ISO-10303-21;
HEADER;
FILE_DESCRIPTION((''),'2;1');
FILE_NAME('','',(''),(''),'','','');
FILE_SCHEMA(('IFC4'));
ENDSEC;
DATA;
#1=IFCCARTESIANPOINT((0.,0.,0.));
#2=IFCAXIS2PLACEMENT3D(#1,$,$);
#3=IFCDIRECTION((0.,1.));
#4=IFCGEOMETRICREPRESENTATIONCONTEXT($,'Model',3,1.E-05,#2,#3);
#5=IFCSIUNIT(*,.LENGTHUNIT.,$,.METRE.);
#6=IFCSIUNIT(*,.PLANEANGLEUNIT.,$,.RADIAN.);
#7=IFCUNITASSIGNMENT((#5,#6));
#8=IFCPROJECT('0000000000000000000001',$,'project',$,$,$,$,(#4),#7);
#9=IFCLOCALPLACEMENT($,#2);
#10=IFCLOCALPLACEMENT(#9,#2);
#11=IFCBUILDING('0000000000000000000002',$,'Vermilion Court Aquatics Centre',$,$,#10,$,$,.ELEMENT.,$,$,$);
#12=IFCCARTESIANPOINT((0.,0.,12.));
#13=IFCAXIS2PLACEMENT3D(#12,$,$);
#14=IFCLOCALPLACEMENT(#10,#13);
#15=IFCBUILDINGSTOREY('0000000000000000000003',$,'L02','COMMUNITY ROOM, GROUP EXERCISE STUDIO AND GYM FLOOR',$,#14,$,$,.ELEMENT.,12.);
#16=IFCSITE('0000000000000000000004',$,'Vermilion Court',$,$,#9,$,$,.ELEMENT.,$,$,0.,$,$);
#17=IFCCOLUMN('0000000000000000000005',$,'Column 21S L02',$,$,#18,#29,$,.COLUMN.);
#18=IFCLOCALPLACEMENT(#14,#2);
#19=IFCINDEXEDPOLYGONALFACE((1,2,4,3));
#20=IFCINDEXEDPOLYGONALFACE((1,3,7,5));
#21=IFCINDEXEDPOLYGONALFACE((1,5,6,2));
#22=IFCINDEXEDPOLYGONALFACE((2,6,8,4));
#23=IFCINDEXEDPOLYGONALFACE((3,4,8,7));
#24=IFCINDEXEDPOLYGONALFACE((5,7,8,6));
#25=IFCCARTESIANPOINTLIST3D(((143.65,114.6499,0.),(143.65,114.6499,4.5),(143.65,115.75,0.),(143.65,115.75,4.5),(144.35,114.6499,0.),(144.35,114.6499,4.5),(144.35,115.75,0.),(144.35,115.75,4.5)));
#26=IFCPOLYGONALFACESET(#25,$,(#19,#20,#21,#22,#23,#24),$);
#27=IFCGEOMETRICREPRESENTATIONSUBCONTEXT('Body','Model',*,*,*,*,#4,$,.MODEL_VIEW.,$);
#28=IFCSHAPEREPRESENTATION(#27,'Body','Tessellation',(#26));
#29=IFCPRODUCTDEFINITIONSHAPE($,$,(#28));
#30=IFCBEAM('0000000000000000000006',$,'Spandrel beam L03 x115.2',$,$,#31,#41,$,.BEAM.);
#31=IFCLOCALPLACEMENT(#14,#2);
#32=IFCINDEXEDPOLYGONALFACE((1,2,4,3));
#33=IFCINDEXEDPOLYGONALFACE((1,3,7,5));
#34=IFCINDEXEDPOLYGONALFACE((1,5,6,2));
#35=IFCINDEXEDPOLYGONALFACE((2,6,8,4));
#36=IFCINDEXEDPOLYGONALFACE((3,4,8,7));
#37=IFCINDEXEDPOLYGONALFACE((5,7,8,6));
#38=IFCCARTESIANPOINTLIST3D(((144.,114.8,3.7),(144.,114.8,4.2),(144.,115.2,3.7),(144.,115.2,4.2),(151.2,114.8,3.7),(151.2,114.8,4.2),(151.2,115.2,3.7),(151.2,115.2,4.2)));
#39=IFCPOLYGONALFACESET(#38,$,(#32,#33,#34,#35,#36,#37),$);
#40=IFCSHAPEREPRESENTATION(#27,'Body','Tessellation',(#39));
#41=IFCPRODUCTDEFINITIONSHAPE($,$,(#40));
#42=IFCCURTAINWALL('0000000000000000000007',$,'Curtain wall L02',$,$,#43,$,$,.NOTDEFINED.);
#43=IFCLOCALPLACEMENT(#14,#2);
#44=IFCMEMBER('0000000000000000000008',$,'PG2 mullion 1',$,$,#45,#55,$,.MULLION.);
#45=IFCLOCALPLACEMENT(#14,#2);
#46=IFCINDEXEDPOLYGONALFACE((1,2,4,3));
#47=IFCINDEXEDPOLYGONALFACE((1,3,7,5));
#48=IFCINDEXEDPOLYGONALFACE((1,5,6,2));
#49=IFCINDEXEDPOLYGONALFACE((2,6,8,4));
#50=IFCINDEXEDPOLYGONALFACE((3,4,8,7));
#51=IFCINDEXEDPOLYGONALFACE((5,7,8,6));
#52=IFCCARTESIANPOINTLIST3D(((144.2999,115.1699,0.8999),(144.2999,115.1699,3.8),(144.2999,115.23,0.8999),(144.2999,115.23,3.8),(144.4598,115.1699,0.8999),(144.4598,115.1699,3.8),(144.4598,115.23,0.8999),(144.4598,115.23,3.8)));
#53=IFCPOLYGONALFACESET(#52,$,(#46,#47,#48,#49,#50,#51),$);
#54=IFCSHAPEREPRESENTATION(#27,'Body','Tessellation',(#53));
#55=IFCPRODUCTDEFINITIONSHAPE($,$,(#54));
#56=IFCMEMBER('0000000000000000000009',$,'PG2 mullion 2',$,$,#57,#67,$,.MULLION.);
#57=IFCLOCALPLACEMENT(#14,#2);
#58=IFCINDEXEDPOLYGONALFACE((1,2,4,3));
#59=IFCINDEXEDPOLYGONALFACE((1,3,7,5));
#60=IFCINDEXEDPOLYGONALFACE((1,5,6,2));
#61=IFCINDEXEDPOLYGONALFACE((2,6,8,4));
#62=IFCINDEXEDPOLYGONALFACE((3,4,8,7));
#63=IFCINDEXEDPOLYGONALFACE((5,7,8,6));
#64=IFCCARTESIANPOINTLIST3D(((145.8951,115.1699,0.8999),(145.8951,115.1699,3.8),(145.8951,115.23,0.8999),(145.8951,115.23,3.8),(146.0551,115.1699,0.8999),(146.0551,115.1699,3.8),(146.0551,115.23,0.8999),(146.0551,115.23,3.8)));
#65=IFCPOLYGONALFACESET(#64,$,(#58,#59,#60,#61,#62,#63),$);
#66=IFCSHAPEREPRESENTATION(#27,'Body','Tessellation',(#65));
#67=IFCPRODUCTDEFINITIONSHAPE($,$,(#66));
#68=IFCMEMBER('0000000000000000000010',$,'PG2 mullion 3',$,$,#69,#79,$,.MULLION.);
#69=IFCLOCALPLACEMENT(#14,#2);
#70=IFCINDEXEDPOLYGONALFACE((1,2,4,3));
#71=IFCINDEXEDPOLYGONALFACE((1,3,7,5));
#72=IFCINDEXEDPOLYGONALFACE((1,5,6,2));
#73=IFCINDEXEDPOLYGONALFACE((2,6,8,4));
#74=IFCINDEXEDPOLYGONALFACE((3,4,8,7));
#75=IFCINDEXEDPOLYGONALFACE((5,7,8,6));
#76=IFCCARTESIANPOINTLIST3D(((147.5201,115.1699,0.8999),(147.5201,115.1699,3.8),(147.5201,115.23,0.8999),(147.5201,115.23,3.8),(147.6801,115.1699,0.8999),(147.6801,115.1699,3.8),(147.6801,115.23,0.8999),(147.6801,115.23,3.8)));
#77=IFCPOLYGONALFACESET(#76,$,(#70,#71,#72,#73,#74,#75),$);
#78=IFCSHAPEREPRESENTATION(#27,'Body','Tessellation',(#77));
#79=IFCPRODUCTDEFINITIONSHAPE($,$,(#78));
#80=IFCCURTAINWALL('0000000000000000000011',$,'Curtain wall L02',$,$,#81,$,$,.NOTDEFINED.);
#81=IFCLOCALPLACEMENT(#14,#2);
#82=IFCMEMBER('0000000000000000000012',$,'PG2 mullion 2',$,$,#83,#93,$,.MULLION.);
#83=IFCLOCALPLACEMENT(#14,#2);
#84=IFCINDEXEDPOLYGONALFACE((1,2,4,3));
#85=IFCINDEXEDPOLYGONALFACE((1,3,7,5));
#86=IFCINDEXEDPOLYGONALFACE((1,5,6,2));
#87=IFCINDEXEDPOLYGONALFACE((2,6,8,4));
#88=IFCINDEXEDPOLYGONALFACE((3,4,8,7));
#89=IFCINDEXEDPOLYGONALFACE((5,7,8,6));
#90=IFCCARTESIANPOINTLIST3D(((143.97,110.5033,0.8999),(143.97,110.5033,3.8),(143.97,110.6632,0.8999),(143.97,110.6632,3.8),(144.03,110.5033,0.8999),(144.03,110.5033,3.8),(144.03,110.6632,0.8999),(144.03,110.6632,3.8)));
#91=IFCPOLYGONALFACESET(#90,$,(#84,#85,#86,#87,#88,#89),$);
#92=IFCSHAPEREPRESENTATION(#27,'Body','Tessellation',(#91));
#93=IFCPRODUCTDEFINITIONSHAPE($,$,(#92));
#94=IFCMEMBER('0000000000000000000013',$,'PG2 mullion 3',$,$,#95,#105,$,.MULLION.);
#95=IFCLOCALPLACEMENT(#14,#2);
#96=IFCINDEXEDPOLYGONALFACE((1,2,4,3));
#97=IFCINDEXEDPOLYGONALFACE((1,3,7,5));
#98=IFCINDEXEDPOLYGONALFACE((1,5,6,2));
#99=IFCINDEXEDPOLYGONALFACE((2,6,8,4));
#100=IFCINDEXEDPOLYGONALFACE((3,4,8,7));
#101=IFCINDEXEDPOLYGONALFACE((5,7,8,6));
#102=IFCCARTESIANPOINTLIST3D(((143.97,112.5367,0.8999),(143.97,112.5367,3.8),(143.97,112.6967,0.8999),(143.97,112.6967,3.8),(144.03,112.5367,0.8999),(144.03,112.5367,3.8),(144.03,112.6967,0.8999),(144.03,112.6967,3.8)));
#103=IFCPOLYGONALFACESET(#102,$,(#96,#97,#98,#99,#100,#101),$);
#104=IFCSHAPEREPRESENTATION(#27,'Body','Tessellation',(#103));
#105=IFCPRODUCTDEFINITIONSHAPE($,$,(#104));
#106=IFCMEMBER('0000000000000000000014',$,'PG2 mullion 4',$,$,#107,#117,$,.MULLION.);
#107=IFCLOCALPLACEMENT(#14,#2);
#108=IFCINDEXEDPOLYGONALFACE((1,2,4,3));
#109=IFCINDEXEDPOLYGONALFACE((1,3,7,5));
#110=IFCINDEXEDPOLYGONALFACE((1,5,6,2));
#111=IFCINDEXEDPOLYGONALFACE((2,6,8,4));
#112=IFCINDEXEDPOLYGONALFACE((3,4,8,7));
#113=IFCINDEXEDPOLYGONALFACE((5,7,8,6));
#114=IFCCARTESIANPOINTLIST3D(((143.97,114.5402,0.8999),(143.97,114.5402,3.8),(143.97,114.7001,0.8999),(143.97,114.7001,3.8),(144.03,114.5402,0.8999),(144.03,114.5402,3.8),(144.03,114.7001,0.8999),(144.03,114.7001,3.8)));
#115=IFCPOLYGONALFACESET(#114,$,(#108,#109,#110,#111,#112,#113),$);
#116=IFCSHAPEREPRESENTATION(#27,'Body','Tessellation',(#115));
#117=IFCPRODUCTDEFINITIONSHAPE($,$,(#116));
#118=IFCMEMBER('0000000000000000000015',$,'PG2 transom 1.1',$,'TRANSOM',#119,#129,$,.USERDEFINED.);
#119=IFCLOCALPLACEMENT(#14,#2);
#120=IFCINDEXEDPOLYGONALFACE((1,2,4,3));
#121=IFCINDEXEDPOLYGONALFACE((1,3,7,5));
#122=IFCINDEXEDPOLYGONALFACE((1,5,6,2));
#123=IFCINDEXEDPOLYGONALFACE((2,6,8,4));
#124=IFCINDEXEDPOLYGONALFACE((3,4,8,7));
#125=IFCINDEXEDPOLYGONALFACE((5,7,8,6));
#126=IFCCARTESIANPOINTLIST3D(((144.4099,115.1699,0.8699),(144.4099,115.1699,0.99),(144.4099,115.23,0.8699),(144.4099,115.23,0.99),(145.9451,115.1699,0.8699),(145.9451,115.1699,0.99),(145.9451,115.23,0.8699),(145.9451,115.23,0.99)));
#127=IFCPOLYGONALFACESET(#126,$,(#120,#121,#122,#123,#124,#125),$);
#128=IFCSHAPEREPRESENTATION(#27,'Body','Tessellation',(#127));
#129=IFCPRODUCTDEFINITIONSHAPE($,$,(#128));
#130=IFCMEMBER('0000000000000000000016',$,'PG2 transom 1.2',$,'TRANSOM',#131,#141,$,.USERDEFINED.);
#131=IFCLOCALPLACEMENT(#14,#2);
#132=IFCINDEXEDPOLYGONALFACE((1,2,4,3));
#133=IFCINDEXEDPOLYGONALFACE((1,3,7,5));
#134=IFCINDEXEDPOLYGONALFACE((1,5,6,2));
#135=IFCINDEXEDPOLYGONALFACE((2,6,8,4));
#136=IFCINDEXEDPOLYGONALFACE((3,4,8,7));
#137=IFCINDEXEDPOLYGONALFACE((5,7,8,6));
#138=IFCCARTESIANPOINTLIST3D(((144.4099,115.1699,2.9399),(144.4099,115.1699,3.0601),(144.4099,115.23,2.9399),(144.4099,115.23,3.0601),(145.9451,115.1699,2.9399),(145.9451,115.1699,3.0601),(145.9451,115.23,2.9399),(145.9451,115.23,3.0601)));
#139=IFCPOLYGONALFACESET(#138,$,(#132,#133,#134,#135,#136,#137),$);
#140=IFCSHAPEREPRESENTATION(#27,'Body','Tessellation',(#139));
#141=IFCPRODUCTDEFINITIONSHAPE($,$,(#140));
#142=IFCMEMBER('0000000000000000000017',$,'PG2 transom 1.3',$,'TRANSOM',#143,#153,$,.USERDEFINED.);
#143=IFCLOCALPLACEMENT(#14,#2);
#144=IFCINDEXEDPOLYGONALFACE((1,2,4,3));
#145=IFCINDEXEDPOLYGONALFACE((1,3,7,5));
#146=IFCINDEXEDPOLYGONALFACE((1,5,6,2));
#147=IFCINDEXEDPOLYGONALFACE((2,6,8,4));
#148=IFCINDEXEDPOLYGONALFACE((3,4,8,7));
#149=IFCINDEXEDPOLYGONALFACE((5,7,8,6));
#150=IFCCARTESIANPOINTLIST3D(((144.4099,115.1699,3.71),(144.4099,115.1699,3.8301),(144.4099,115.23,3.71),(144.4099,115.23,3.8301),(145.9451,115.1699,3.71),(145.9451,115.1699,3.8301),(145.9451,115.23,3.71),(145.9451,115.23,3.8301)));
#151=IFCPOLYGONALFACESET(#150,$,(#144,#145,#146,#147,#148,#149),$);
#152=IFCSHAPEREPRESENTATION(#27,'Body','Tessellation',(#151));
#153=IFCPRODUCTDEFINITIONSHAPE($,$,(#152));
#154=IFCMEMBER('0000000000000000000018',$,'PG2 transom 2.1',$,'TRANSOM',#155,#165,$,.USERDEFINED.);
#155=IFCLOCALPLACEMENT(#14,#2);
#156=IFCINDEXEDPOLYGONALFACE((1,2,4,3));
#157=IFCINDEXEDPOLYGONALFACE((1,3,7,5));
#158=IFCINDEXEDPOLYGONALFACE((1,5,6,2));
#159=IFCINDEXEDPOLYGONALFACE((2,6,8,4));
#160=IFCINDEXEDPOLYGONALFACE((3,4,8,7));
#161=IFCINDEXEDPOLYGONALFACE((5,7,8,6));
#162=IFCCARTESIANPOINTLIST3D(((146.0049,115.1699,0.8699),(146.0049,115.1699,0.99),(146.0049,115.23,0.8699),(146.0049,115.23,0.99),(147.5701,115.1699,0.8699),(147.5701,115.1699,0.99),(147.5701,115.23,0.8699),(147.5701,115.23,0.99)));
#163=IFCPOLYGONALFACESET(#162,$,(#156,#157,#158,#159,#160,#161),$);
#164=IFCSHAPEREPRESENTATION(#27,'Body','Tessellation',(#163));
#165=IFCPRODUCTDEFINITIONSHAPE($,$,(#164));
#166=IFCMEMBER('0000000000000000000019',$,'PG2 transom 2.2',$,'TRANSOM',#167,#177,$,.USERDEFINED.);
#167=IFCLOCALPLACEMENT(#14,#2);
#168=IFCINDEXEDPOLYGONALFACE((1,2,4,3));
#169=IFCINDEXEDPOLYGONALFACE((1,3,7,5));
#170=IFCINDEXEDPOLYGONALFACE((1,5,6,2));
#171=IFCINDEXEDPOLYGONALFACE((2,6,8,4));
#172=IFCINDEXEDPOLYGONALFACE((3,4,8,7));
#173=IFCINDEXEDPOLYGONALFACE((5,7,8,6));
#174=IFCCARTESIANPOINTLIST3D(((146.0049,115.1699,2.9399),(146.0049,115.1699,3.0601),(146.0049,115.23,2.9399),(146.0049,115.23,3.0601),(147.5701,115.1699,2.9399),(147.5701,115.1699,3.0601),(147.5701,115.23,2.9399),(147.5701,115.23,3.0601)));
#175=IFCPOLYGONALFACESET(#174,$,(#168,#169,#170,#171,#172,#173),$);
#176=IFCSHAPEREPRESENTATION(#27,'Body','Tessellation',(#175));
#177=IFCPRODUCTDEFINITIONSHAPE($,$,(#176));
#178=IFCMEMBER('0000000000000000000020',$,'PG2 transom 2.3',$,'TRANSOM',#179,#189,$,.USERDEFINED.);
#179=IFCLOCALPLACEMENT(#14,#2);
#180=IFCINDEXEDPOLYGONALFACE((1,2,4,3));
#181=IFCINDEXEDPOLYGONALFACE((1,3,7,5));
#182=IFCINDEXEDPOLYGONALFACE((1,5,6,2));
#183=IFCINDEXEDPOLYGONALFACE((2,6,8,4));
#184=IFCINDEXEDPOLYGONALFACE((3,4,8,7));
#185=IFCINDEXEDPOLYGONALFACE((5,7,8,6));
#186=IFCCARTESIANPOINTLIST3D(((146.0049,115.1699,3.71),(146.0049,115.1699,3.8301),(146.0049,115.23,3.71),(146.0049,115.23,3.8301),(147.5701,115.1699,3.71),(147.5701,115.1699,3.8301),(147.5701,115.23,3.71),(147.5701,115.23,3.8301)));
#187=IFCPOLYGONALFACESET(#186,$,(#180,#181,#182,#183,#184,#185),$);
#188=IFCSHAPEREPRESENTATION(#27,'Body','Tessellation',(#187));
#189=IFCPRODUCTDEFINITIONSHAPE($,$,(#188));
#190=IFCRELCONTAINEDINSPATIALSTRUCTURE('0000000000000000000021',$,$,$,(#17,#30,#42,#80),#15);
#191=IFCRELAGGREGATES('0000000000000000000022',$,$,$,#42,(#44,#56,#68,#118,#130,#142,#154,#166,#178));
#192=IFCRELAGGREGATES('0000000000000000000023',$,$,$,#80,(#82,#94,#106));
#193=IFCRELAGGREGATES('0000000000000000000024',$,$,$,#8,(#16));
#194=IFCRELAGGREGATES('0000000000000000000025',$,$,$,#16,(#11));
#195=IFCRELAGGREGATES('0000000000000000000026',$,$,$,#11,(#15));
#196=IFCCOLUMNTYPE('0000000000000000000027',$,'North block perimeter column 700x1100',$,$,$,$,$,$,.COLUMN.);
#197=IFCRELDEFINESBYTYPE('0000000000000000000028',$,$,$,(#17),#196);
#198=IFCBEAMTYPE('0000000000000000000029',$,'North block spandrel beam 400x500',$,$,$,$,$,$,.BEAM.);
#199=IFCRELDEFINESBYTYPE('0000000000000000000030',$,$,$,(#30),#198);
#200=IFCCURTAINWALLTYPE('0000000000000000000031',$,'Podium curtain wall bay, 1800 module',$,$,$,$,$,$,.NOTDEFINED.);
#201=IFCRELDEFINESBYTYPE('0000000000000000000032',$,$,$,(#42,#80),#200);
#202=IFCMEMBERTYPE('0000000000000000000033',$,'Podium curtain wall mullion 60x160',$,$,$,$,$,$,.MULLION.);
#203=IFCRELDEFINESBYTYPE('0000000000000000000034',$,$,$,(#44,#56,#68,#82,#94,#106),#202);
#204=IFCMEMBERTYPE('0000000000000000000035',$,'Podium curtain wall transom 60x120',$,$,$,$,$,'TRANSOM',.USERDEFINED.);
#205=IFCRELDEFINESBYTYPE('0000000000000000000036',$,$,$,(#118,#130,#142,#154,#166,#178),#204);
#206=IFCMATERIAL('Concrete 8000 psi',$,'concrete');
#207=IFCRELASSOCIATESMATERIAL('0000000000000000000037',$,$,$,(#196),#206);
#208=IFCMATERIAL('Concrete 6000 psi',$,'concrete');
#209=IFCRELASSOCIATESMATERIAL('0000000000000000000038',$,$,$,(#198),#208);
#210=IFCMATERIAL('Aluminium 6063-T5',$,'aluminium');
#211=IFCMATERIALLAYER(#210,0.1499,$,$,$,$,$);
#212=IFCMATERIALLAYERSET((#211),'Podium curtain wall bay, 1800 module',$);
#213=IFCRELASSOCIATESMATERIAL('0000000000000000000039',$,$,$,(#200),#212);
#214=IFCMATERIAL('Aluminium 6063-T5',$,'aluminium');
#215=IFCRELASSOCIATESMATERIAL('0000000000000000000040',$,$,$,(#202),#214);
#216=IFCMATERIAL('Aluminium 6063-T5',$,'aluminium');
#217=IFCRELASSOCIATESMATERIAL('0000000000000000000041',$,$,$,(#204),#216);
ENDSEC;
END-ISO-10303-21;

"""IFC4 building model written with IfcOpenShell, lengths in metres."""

from ifc_helpers import new_model, si_unit, direction, frame, origin, origin_2d, place, context, subcontext, project, spatial, rectangle, extrude, material, layer, layer_set, material_profile, profile_set, type_object, element, aggregate, save


model = new_model("IFC4")

# Units and contexts
model_context = context("Model", 3, precision=1e-05, world=origin(), true_north=direction((0.0, 1.0)))
body_context = subcontext(model_context, "Body", "Model", "MODEL_VIEW")
ifc_project = project(units=[si_unit("LENGTHUNIT", "METRE"), si_unit("PLANEANGLEUNIT", "RADIAN")], contexts=[model_context])

# Site, building, storey
site_placement = place(None, origin())
site = spatial("IfcSite", under=ifc_project, at=site_placement, Name="Vermilion Court", CompositionType="ELEMENT", RefElevation=0.0)
building_placement = place(site_placement, origin())
building = spatial("IfcBuilding", under=site, at=building_placement, Name="Vermilion Court Aquatics Centre", CompositionType="ELEMENT")
storey_placement = place(building_placement, frame((0.0, 0.0, 12.0)))
storey = spatial("IfcBuildingStorey", under=building, at=storey_placement, Name="L02", Description="COMMUNITY ROOM, GROUP EXERCISE STUDIO AND GYM FLOOR", CompositionType="ELEMENT", Elevation=12.0)

# Column
ifc_material_1 = material(Name="Concrete 8000 psi", Category="concrete")
ifc_material_profile_1 = material_profile(ifc_material_1, rectangle(XDim=0.7, YDim=1.1001, at=origin_2d()), Name="RC 700x1100")
ifc_profile_set_1 = profile_set([ifc_material_profile_1], Name="Concrete 8000 psi")
column_type = type_object("IfcColumnType", Name="North block perimeter column 700x1100", PredefinedType="COLUMN", material=ifc_profile_set_1)
column_placement = place(storey_placement, frame((144.0, 115.2, 0.0), z_axis=(0.0, 0.0, 1.0), x_axis=(1.0, 0.0, 0.0)))
element("IfcColumn", 1, at=column_placement, inside=storey, type_object=column_type, Name="Column 21S L02", PredefinedType="COLUMN", context=body_context, shape_type="SweptSolid", body=[
    extrude(rectangle(XDim=0.7, YDim=1.1001, at=origin_2d()), origin(), (0.0, 0.0, 1.0), 4.5),
])

# Beam
ifc_material_2 = material(Name="Concrete 6000 psi", Category="concrete")
ifc_material_profile_2 = material_profile(ifc_material_2, rectangle(XDim=0.3999, YDim=0.5, at=origin_2d()), Name="RC 400x500")
ifc_profile_set_2 = profile_set([ifc_material_profile_2], Name="Concrete 6000 psi")
beam_type = type_object("IfcBeamType", Name="North block spandrel beam 400x500", PredefinedType="BEAM", material=ifc_profile_set_2)
beam_placement = place(storey_placement, frame((144.0, 115.0, 3.95), z_axis=(1.0, 0.0, 0.0), x_axis=(0.0, 1.0, 0.0)))
element("IfcBeam", 2, at=beam_placement, inside=storey, type_object=beam_type, Name="Spandrel beam L03 x115.2", PredefinedType="BEAM", context=body_context, shape_type="SweptSolid", body=[
    extrude(rectangle(XDim=0.3999, YDim=0.5, at=origin_2d()), origin(), (0.0, 0.0, 1.0), 7.2),
])

# Curtain walls, members
ifc_material_3 = material(Name="Aluminium 6063-T5", Category="aluminium")
ifc_layer_1 = layer(ifc_material_3, 0.1499)
ifc_layer_set_1 = layer_set([ifc_layer_1], Name="Podium curtain wall bay, 1800 module")
curtain_wall_type = type_object("IfcCurtainWallType", Name="Podium curtain wall bay, 1800 module", PredefinedType="NOTDEFINED", material=ifc_layer_set_1)
curtain_wall_1_placement = place(storey_placement, origin())
curtain_wall_1 = element("IfcCurtainWall", 3, at=curtain_wall_1_placement, inside=storey, type_object=curtain_wall_type, Name="Curtain wall L02", PredefinedType="NOTDEFINED")
ifc_material_4 = material(Name="Aluminium 6063-T5", Category="aluminium")
ifc_material_profile_3 = material_profile(ifc_material_4, rectangle(XDim=0.0601, YDim=0.1599, at=origin_2d()), Name="Mullion 60x160")
ifc_profile_set_3 = profile_set([ifc_material_profile_3], Name="Aluminium 6063-T5")
member_type_1 = type_object("IfcMemberType", Name="Podium curtain wall mullion 60x160", PredefinedType="MULLION", material=ifc_profile_set_3)
member_1_placement = place(storey_placement, frame((144.3799, 115.2, 0.8999), z_axis=(0.0, 0.0, 1.0), x_axis=(0.0, 1.0, 0.0)))
member_1 = element("IfcMember", 4, at=member_1_placement, type_object=member_type_1, Name="PG2 mullion 1", PredefinedType="MULLION", context=body_context, shape_type="SweptSolid", body=[
    extrude(rectangle(XDim=0.0601, YDim=0.1599, at=origin_2d()), origin(), (0.0, 0.0, 1.0), 2.9001),
])
member_2_placement = place(storey_placement, frame((145.9751, 115.2, 0.8999), z_axis=(0.0, 0.0, 1.0), x_axis=(0.0, 1.0, 0.0)))
member_2 = element("IfcMember", 5, at=member_2_placement, type_object=member_type_1, Name="PG2 mullion 2", PredefinedType="MULLION", context=body_context, shape_type="SweptSolid", body=[
    extrude(rectangle(XDim=0.0601, YDim=0.1599, at=origin_2d()), origin(), (0.0, 0.0, 1.0), 2.9001),
])
member_3_placement = place(storey_placement, frame((147.6001, 115.2, 0.8999), z_axis=(0.0, 0.0, 1.0), x_axis=(0.0, 1.0, 0.0)))
member_3 = element("IfcMember", 6, at=member_3_placement, type_object=member_type_1, Name="PG2 mullion 3", PredefinedType="MULLION", context=body_context, shape_type="SweptSolid", body=[
    extrude(rectangle(XDim=0.0601, YDim=0.1599, at=origin_2d()), origin(), (0.0, 0.0, 1.0), 2.9001),
])
curtain_wall_2_placement = place(storey_placement, origin())
curtain_wall_2 = element("IfcCurtainWall", 7, at=curtain_wall_2_placement, inside=storey, type_object=curtain_wall_type, Name="Curtain wall L02", PredefinedType="NOTDEFINED")
member_4_placement = place(storey_placement, frame((144.0, 110.5833, 0.8999), z_axis=(0.0, 0.0, 1.0), x_axis=(-1.0, 0.0, 0.0)))
member_4 = element("IfcMember", 8, at=member_4_placement, type_object=member_type_1, Name="PG2 mullion 2", PredefinedType="MULLION", context=body_context, shape_type="SweptSolid", body=[
    extrude(rectangle(XDim=0.0601, YDim=0.1599, at=origin_2d()), origin(), (0.0, 0.0, 1.0), 2.9001),
])
member_5_placement = place(storey_placement, frame((144.0, 112.6167, 0.8999), z_axis=(0.0, 0.0, 1.0), x_axis=(-1.0, 0.0, 0.0)))
member_5 = element("IfcMember", 9, at=member_5_placement, type_object=member_type_1, Name="PG2 mullion 3", PredefinedType="MULLION", context=body_context, shape_type="SweptSolid", body=[
    extrude(rectangle(XDim=0.0601, YDim=0.1599, at=origin_2d()), origin(), (0.0, 0.0, 1.0), 2.9001),
])
member_6_placement = place(storey_placement, frame((144.0, 114.6201, 0.8999), z_axis=(0.0, 0.0, 1.0), x_axis=(-1.0, 0.0, 0.0)))
member_6 = element("IfcMember", 10, at=member_6_placement, type_object=member_type_1, Name="PG2 mullion 4", PredefinedType="MULLION", context=body_context, shape_type="SweptSolid", body=[
    extrude(rectangle(XDim=0.0601, YDim=0.1599, at=origin_2d()), origin(), (0.0, 0.0, 1.0), 2.9001),
])

# Members
ifc_material_5 = material(Name="Aluminium 6063-T5", Category="aluminium")
ifc_material_profile_4 = material_profile(ifc_material_5, rectangle(XDim=0.0601, YDim=0.1201, at=origin_2d()), Name="Transom 60x120")
ifc_profile_set_4 = profile_set([ifc_material_profile_4], Name="Aluminium 6063-T5")
member_type_2 = type_object("IfcMemberType", Name="Podium curtain wall transom 60x120", ElementType="TRANSOM", PredefinedType="USERDEFINED", material=ifc_profile_set_4)
member_7_placement = place(storey_placement, frame((144.4099, 115.2, 0.9299), z_axis=(1.0, 0.0, 0.0), x_axis=(0.0, 1.0, 0.0)))
member_7 = element("IfcMember", 11, at=member_7_placement, type_object=member_type_2, Name="PG2 transom 1.1", ObjectType="TRANSOM", PredefinedType="USERDEFINED", context=body_context, shape_type="SweptSolid", body=[
    extrude(rectangle(XDim=0.0601, YDim=0.1201, at=origin_2d()), origin(), (0.0, 0.0, 1.0), 1.5352),
])
member_8_placement = place(storey_placement, frame((144.4099, 115.2, 3.0), z_axis=(1.0, 0.0, 0.0), x_axis=(0.0, 1.0, 0.0)))
member_8 = element("IfcMember", 12, at=member_8_placement, type_object=member_type_2, Name="PG2 transom 1.2", ObjectType="TRANSOM", PredefinedType="USERDEFINED", context=body_context, shape_type="SweptSolid", body=[
    extrude(rectangle(XDim=0.0601, YDim=0.1201, at=origin_2d()), origin(), (0.0, 0.0, 1.0), 1.5352),
])
member_9_placement = place(storey_placement, frame((144.4099, 115.2, 3.77), z_axis=(1.0, 0.0, 0.0), x_axis=(0.0, 1.0, 0.0)))
member_9 = element("IfcMember", 13, at=member_9_placement, type_object=member_type_2, Name="PG2 transom 1.3", ObjectType="TRANSOM", PredefinedType="USERDEFINED", context=body_context, shape_type="SweptSolid", body=[
    extrude(rectangle(XDim=0.0601, YDim=0.1201, at=origin_2d()), origin(), (0.0, 0.0, 1.0), 1.5352),
])
member_10_placement = place(storey_placement, frame((146.0049, 115.2, 0.9299), z_axis=(1.0, 0.0, 0.0), x_axis=(0.0, 1.0, 0.0)))
member_10 = element("IfcMember", 14, at=member_10_placement, type_object=member_type_2, Name="PG2 transom 2.1", ObjectType="TRANSOM", PredefinedType="USERDEFINED", context=body_context, shape_type="SweptSolid", body=[
    extrude(rectangle(XDim=0.0601, YDim=0.1201, at=origin_2d()), origin(), (0.0, 0.0, 1.0), 1.5652),
])
member_11_placement = place(storey_placement, frame((146.0049, 115.2, 3.0), z_axis=(1.0, 0.0, 0.0), x_axis=(0.0, 1.0, 0.0)))
member_11 = element("IfcMember", 15, at=member_11_placement, type_object=member_type_2, Name="PG2 transom 2.2", ObjectType="TRANSOM", PredefinedType="USERDEFINED", context=body_context, shape_type="SweptSolid", body=[
    extrude(rectangle(XDim=0.0601, YDim=0.1201, at=origin_2d()), origin(), (0.0, 0.0, 1.0), 1.5652),
])
member_12_placement = place(storey_placement, frame((146.0049, 115.2, 3.77), z_axis=(1.0, 0.0, 0.0), x_axis=(0.0, 1.0, 0.0)))
member_12 = element("IfcMember", 16, at=member_12_placement, type_object=member_type_2, Name="PG2 transom 2.3", ObjectType="TRANSOM", PredefinedType="USERDEFINED", context=body_context, shape_type="SweptSolid", body=[
    extrude(rectangle(XDim=0.0601, YDim=0.1201, at=origin_2d()), origin(), (0.0, 0.0, 1.0), 1.5652),
])

aggregate(curtain_wall_1, [member_1, member_2, member_3, member_7, member_8, member_9, member_10, member_11, member_12])
aggregate(curtain_wall_2, [member_4, member_5, member_6])

save(model, "model.ifc")
